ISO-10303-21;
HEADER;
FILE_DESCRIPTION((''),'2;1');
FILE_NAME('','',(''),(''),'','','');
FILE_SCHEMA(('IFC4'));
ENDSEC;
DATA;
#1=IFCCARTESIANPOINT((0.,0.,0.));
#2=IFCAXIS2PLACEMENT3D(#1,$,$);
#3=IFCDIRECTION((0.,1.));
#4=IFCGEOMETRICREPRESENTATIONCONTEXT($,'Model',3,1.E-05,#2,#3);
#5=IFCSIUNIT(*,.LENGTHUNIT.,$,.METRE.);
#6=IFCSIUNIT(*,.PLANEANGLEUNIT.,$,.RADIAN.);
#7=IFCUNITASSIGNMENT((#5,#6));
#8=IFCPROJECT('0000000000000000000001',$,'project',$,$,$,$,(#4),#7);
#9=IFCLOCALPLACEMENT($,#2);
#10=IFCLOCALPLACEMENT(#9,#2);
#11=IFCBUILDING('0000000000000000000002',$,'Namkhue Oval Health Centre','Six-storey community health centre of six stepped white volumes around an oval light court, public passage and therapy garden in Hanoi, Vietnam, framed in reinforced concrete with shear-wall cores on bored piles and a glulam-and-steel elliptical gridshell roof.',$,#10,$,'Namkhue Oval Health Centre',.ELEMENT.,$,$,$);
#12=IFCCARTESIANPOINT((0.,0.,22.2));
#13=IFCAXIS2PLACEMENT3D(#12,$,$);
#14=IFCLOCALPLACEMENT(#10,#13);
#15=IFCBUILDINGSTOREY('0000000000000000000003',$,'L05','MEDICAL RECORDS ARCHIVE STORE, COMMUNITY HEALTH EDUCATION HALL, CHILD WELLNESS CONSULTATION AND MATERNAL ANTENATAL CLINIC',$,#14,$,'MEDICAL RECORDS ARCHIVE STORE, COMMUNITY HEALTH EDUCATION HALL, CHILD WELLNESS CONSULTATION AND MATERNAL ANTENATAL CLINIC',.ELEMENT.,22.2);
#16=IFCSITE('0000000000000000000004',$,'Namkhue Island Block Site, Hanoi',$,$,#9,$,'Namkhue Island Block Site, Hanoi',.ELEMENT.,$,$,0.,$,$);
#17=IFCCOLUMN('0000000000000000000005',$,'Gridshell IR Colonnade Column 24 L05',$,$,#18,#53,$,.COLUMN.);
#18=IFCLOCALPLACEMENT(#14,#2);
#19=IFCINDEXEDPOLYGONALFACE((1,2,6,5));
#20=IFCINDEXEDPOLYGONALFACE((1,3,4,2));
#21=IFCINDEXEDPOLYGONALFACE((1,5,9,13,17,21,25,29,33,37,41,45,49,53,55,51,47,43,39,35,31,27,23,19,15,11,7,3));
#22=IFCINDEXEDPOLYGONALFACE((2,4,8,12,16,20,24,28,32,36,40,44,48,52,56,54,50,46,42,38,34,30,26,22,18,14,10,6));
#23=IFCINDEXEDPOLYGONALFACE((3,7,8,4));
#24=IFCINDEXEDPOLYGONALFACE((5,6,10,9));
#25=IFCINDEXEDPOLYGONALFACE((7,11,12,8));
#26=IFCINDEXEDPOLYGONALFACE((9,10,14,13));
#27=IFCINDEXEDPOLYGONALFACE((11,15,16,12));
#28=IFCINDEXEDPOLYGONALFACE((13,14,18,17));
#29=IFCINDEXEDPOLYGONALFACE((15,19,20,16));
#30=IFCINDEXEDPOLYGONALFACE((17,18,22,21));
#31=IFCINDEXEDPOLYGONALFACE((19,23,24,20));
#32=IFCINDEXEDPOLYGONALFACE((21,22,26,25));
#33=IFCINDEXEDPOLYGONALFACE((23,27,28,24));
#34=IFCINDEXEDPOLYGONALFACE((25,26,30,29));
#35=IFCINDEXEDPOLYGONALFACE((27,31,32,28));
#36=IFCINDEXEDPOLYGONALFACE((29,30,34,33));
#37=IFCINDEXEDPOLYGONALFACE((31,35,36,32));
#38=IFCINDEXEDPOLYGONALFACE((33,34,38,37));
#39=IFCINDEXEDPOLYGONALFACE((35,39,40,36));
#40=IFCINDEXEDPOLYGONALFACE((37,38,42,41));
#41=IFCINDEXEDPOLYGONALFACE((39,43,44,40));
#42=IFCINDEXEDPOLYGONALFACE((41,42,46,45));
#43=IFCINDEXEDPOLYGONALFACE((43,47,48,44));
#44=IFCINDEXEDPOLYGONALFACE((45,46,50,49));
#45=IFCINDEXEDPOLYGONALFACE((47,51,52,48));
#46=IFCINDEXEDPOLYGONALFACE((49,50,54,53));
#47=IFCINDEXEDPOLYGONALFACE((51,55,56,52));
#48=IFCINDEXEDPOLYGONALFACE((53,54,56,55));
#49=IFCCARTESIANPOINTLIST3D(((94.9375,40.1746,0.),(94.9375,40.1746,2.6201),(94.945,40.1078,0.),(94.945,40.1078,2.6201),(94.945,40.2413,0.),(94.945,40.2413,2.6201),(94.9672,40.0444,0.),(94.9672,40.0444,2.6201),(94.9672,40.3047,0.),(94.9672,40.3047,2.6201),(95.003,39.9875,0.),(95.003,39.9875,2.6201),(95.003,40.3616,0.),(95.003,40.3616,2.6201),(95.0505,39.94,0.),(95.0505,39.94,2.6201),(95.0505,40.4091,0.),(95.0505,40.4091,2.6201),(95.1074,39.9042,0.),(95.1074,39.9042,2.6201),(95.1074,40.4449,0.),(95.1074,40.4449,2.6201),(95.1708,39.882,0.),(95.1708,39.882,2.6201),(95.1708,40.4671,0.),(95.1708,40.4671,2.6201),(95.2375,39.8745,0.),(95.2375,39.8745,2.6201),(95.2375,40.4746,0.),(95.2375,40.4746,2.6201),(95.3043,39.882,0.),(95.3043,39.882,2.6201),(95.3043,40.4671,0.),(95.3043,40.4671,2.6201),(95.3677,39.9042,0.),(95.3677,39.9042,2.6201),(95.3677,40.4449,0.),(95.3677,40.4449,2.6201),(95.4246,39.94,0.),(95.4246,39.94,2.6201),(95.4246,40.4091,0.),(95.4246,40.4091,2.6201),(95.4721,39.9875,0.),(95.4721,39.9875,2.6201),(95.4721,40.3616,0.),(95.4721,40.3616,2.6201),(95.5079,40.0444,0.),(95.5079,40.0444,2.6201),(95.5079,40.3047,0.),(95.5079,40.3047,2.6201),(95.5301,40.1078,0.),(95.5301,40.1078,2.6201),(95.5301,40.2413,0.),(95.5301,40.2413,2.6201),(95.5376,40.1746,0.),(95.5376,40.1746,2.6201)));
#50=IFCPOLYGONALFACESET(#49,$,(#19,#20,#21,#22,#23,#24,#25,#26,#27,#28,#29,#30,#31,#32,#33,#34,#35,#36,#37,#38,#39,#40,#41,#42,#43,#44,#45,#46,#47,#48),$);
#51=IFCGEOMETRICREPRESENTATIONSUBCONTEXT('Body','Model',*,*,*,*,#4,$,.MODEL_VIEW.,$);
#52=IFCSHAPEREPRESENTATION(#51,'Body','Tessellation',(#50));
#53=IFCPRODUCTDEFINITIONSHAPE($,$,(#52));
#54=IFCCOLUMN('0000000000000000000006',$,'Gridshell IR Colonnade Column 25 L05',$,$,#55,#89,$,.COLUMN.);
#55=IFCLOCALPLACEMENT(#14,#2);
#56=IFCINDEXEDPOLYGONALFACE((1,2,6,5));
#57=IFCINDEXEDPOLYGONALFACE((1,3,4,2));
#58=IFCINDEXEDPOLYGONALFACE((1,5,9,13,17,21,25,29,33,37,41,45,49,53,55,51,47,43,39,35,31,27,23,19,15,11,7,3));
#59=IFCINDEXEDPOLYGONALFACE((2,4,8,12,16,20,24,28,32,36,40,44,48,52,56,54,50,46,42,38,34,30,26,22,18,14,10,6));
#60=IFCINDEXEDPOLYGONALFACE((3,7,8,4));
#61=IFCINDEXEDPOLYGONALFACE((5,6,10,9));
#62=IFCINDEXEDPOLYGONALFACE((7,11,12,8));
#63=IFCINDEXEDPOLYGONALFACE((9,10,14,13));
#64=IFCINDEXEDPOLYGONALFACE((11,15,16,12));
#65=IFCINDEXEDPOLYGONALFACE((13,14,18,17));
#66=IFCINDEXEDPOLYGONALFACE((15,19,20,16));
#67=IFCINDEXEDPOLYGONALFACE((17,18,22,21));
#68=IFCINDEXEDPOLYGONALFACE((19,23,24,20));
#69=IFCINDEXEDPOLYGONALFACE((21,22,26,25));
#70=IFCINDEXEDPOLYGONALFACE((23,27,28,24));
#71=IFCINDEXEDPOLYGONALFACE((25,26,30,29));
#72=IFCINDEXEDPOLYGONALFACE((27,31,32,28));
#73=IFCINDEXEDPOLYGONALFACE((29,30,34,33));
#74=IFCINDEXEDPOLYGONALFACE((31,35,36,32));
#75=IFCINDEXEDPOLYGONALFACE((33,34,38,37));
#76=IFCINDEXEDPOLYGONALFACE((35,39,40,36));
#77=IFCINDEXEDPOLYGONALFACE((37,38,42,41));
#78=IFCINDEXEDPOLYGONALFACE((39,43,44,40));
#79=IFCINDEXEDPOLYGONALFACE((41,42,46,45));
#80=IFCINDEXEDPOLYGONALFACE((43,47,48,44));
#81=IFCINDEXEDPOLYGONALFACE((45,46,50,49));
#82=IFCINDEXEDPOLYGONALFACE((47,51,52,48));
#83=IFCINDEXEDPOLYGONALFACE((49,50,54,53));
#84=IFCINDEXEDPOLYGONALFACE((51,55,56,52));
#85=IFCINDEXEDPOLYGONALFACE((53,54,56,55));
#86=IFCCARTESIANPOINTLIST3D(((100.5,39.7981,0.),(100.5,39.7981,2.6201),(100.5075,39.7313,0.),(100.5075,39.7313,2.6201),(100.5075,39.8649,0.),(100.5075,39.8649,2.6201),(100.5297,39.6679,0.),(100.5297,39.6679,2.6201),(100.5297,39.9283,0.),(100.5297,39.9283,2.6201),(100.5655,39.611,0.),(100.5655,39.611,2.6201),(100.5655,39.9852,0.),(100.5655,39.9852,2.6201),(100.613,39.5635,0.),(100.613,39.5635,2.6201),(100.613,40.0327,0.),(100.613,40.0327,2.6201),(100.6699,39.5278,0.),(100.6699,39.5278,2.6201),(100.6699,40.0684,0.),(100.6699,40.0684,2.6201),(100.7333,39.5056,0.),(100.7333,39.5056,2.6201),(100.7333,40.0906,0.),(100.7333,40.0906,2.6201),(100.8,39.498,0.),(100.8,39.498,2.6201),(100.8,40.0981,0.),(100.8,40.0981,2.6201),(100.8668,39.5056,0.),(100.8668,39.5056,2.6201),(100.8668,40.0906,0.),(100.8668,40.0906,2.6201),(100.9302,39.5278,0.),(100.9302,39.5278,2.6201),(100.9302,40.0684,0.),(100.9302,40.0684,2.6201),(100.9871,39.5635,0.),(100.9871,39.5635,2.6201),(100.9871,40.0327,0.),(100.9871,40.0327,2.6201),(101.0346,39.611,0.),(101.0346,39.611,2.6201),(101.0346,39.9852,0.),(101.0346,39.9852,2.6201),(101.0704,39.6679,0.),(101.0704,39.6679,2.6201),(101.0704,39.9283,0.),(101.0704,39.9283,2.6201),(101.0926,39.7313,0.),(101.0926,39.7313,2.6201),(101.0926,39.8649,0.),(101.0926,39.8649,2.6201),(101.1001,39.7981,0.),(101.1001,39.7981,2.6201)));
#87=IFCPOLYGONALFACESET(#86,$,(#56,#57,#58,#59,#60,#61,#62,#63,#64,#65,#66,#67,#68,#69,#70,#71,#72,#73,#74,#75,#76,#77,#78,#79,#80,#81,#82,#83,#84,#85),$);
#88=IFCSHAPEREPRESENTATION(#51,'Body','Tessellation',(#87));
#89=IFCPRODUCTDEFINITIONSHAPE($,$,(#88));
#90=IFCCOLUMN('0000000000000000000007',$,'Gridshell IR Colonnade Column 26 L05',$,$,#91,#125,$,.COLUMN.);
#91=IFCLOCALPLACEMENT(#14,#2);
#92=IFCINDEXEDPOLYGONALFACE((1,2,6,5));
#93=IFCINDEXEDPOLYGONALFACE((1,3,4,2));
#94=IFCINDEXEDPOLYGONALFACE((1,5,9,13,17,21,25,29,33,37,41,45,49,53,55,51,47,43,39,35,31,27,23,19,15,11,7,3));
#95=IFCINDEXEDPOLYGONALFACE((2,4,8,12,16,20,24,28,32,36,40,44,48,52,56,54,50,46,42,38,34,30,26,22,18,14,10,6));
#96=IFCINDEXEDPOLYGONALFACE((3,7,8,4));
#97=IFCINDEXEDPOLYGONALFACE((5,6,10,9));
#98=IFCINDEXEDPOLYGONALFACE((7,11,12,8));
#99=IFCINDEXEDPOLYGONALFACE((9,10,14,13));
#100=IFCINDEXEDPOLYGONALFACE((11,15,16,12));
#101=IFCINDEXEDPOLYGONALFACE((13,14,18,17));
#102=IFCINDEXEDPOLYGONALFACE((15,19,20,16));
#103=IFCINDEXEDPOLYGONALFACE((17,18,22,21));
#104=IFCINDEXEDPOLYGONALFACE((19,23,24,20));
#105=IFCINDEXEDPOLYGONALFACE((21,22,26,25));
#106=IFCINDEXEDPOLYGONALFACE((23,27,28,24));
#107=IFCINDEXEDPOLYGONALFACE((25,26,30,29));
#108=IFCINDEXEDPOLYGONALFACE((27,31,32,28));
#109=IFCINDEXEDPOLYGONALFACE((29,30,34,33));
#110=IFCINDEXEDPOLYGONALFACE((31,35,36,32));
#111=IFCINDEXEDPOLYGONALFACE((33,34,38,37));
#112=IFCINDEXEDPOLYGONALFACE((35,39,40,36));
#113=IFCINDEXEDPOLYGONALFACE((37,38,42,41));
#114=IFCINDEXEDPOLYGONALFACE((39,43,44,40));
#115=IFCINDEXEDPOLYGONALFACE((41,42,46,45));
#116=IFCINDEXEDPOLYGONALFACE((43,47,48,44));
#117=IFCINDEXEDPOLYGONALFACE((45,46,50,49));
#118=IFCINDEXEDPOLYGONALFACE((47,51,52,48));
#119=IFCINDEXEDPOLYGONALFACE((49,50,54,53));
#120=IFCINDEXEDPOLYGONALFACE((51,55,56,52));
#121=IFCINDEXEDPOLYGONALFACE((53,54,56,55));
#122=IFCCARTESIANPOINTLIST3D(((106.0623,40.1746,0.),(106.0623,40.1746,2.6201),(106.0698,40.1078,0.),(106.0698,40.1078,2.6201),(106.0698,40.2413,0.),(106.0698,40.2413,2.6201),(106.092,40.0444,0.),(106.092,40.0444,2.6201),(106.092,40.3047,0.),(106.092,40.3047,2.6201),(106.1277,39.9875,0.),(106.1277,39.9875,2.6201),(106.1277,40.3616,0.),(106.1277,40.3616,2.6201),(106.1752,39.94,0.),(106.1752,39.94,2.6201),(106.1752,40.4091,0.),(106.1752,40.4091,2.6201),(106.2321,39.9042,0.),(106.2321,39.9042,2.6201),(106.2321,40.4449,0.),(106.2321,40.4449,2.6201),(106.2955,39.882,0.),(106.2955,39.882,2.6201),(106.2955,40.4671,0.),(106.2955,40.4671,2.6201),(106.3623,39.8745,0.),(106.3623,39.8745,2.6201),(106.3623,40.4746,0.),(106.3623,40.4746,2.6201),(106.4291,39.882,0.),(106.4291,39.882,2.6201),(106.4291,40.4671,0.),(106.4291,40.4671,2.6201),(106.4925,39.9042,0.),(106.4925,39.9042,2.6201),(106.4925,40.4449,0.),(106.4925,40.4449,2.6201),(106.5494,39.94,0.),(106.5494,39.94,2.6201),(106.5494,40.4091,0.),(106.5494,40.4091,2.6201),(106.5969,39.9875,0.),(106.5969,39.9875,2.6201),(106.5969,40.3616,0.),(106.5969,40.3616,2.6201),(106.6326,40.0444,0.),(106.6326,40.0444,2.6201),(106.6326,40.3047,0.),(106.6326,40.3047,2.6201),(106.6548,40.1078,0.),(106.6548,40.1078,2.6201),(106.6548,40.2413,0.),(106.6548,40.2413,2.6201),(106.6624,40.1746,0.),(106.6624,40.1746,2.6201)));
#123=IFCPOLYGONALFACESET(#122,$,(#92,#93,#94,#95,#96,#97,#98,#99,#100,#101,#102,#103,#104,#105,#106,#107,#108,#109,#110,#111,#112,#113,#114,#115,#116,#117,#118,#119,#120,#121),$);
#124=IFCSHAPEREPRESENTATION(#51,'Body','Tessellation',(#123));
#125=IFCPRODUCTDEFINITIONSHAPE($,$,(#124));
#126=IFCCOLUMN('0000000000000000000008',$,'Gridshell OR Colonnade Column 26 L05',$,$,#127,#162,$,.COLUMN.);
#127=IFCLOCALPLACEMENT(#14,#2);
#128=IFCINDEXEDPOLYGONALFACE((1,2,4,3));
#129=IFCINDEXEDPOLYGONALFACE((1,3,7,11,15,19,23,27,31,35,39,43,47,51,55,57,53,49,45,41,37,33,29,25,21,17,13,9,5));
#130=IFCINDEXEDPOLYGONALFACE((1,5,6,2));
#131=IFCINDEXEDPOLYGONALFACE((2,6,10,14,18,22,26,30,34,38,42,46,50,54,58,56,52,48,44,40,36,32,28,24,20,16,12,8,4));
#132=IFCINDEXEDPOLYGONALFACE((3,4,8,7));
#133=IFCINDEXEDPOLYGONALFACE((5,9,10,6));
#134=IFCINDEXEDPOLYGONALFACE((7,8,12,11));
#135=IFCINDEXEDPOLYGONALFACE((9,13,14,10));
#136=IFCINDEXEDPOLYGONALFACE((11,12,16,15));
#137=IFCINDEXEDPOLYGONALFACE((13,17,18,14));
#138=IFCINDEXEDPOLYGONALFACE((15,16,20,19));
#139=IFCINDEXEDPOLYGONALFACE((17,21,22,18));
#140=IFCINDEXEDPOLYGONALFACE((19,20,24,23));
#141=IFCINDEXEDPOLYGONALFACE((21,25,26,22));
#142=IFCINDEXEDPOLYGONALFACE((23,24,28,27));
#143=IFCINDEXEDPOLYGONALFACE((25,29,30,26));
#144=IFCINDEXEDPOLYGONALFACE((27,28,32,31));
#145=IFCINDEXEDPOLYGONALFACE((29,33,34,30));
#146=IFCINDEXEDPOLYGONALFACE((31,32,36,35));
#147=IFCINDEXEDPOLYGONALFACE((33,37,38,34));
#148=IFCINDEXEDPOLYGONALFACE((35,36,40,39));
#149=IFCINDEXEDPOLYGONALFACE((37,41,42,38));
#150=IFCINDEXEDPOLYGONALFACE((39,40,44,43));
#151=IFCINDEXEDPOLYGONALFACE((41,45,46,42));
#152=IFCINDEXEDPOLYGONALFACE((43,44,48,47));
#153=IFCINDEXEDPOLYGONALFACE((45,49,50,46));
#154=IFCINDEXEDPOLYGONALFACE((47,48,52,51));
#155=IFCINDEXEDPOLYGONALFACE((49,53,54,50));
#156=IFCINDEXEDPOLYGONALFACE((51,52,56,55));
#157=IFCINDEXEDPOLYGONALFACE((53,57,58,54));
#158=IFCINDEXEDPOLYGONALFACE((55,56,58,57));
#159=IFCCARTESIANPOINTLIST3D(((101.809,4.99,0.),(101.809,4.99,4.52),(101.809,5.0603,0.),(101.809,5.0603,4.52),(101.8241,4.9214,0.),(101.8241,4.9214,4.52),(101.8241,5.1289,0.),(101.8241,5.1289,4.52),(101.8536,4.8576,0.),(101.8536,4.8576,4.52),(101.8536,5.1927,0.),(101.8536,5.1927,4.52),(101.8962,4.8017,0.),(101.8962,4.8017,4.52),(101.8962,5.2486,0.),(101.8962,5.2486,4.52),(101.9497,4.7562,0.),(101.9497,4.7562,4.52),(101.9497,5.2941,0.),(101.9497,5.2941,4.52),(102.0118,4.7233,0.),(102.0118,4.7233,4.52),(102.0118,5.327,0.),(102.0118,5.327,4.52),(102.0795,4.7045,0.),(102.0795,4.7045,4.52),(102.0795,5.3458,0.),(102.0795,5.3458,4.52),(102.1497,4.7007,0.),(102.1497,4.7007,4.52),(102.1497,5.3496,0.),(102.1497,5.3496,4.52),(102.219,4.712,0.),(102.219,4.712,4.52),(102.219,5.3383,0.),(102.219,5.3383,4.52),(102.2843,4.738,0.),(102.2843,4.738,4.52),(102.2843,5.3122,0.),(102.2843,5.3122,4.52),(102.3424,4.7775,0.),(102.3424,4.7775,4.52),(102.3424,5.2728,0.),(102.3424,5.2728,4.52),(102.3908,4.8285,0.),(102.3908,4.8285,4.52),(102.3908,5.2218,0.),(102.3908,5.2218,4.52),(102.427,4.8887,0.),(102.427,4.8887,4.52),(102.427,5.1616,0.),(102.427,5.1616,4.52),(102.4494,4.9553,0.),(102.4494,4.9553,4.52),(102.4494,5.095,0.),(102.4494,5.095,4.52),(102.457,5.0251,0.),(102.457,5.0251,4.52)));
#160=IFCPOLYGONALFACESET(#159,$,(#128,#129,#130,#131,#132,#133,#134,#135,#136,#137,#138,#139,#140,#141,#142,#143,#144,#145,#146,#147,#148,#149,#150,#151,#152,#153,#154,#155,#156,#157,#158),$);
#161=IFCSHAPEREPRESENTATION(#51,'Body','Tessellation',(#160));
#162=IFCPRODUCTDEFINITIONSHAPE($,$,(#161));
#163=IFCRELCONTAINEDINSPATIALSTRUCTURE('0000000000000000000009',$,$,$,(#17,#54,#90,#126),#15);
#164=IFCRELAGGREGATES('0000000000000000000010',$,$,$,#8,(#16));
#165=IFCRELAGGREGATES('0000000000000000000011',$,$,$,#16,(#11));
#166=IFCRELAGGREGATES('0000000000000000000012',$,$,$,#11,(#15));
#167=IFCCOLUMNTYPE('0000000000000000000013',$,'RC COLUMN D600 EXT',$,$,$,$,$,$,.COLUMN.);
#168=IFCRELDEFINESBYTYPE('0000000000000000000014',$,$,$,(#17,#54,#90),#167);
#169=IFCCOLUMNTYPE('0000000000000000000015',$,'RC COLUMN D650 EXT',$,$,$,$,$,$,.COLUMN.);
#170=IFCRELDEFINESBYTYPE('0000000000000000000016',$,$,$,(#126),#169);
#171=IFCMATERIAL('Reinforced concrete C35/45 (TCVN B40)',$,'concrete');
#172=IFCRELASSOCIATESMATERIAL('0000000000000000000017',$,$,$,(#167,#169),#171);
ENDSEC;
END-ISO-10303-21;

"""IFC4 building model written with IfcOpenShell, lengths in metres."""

from ifc_helpers import new_model, si_unit, direction, frame, origin, origin_2d, place, context, subcontext, project, spatial, circle, extrude, material, material_profile, profile_set, type_object, element, save


model = new_model("IFC4")

# Units and contexts
model_context = context("Model", 3, precision=1e-05, world=origin(), true_north=direction((0.0, 1.0)))
body_context = subcontext(model_context, "Body", "Model", "MODEL_VIEW")
ifc_project = project(units=[si_unit("LENGTHUNIT", "METRE"), si_unit("PLANEANGLEUNIT", "RADIAN")], contexts=[model_context])

# Site, building, storey
site_placement = place(None, origin())
site = spatial("IfcSite", under=ifc_project, at=site_placement, Name="Namkhue Island Block Site, Hanoi", LongName="Namkhue Island Block Site, Hanoi", CompositionType="ELEMENT", RefElevation=0.0)
building_placement = place(site_placement, origin())
building = spatial("IfcBuilding", under=site, at=building_placement, Name="Namkhue Oval Health Centre", Description="Six-storey community health centre of six stepped white volumes around an oval light court, public passage and therapy garden in Hanoi, Vietnam, framed in reinforced concrete with shear-wall cores on bored piles and a glulam-and-steel elliptical gridshell roof.", LongName="Namkhue Oval Health Centre", CompositionType="ELEMENT")
storey_placement = place(building_placement, frame((0.0, 0.0, 22.2)))
storey = spatial("IfcBuildingStorey", under=building, at=storey_placement, Name="L05", Description="MEDICAL RECORDS ARCHIVE STORE, COMMUNITY HEALTH EDUCATION HALL, CHILD WELLNESS CONSULTATION AND MATERNAL ANTENATAL CLINIC", LongName="MEDICAL RECORDS ARCHIVE STORE, COMMUNITY HEALTH EDUCATION HALL, CHILD WELLNESS CONSULTATION AND MATERNAL ANTENATAL CLINIC", CompositionType="ELEMENT", Elevation=22.2)

# Columns
ifc_material_1 = material(Name="Reinforced concrete C35/45 (TCVN B40)", Category="concrete")
ifc_material_profile_1 = material_profile(ifc_material_1, circle(Radius=0.3, at=origin_2d()), Name="RC D600")
ifc_profile_set_1 = profile_set([ifc_material_profile_1], Name="Reinforced concrete C35/45 (TCVN B40)")
column_type_1 = type_object("IfcColumnType", Name="RC COLUMN D600 EXT", PredefinedType="COLUMN", material=ifc_profile_set_1)
for number, where, z_axis, x_axis, name in (
    (1, (95.2375, 40.1746, 0.0), (0.0, 0.0, 1.0), (1.0, 0.0, 0.0), "Gridshell IR Colonnade Column 24 L05"),
    (2, (100.8, 39.7981, 0.0), (0.0, 0.0, 1.0), (1.0, 0.0, 0.0), "Gridshell IR Colonnade Column 25 L05"),
    (3, (106.3623, 40.1746, 0.0), (0.0, 0.0, 1.0), (1.0, 0.0, 0.0), "Gridshell IR Colonnade Column 26 L05"),
):
    element("IfcColumn", number, at=place(storey_placement, frame(where, z_axis=z_axis, x_axis=x_axis)), inside=storey, type_object=column_type_1, Name=name, PredefinedType="COLUMN", context=body_context, shape_type="SweptSolid", body=[
        extrude(circle(Radius=0.3, at=origin_2d()), origin(), (0.0, 0.0, 1.0), 2.6201),
    ])
ifc_material_profile_2 = material_profile(ifc_material_1, circle(Radius=0.325, at=origin_2d()), Name="RC D650")
ifc_profile_set_2 = profile_set([ifc_material_profile_2], Name="Reinforced concrete C35/45 (TCVN B40)")
column_type_2 = type_object("IfcColumnType", Name="RC COLUMN D650 EXT", PredefinedType="COLUMN", material=ifc_profile_set_2)
column_placement = place(storey_placement, frame((102.1321, 5.0251, 0.0), z_axis=(0.0, 0.0, 1.0), x_axis=(1.0, 0.0, 0.0)))
element("IfcColumn", 4, at=column_placement, inside=storey, type_object=column_type_2, Name="Gridshell OR Colonnade Column 26 L05", PredefinedType="COLUMN", context=body_context, shape_type="SweptSolid", body=[
    extrude(circle(Radius=0.325, at=origin_2d()), origin(), (0.0, 0.0, 1.0), 4.52),
])

save(model, "model.ifc")
